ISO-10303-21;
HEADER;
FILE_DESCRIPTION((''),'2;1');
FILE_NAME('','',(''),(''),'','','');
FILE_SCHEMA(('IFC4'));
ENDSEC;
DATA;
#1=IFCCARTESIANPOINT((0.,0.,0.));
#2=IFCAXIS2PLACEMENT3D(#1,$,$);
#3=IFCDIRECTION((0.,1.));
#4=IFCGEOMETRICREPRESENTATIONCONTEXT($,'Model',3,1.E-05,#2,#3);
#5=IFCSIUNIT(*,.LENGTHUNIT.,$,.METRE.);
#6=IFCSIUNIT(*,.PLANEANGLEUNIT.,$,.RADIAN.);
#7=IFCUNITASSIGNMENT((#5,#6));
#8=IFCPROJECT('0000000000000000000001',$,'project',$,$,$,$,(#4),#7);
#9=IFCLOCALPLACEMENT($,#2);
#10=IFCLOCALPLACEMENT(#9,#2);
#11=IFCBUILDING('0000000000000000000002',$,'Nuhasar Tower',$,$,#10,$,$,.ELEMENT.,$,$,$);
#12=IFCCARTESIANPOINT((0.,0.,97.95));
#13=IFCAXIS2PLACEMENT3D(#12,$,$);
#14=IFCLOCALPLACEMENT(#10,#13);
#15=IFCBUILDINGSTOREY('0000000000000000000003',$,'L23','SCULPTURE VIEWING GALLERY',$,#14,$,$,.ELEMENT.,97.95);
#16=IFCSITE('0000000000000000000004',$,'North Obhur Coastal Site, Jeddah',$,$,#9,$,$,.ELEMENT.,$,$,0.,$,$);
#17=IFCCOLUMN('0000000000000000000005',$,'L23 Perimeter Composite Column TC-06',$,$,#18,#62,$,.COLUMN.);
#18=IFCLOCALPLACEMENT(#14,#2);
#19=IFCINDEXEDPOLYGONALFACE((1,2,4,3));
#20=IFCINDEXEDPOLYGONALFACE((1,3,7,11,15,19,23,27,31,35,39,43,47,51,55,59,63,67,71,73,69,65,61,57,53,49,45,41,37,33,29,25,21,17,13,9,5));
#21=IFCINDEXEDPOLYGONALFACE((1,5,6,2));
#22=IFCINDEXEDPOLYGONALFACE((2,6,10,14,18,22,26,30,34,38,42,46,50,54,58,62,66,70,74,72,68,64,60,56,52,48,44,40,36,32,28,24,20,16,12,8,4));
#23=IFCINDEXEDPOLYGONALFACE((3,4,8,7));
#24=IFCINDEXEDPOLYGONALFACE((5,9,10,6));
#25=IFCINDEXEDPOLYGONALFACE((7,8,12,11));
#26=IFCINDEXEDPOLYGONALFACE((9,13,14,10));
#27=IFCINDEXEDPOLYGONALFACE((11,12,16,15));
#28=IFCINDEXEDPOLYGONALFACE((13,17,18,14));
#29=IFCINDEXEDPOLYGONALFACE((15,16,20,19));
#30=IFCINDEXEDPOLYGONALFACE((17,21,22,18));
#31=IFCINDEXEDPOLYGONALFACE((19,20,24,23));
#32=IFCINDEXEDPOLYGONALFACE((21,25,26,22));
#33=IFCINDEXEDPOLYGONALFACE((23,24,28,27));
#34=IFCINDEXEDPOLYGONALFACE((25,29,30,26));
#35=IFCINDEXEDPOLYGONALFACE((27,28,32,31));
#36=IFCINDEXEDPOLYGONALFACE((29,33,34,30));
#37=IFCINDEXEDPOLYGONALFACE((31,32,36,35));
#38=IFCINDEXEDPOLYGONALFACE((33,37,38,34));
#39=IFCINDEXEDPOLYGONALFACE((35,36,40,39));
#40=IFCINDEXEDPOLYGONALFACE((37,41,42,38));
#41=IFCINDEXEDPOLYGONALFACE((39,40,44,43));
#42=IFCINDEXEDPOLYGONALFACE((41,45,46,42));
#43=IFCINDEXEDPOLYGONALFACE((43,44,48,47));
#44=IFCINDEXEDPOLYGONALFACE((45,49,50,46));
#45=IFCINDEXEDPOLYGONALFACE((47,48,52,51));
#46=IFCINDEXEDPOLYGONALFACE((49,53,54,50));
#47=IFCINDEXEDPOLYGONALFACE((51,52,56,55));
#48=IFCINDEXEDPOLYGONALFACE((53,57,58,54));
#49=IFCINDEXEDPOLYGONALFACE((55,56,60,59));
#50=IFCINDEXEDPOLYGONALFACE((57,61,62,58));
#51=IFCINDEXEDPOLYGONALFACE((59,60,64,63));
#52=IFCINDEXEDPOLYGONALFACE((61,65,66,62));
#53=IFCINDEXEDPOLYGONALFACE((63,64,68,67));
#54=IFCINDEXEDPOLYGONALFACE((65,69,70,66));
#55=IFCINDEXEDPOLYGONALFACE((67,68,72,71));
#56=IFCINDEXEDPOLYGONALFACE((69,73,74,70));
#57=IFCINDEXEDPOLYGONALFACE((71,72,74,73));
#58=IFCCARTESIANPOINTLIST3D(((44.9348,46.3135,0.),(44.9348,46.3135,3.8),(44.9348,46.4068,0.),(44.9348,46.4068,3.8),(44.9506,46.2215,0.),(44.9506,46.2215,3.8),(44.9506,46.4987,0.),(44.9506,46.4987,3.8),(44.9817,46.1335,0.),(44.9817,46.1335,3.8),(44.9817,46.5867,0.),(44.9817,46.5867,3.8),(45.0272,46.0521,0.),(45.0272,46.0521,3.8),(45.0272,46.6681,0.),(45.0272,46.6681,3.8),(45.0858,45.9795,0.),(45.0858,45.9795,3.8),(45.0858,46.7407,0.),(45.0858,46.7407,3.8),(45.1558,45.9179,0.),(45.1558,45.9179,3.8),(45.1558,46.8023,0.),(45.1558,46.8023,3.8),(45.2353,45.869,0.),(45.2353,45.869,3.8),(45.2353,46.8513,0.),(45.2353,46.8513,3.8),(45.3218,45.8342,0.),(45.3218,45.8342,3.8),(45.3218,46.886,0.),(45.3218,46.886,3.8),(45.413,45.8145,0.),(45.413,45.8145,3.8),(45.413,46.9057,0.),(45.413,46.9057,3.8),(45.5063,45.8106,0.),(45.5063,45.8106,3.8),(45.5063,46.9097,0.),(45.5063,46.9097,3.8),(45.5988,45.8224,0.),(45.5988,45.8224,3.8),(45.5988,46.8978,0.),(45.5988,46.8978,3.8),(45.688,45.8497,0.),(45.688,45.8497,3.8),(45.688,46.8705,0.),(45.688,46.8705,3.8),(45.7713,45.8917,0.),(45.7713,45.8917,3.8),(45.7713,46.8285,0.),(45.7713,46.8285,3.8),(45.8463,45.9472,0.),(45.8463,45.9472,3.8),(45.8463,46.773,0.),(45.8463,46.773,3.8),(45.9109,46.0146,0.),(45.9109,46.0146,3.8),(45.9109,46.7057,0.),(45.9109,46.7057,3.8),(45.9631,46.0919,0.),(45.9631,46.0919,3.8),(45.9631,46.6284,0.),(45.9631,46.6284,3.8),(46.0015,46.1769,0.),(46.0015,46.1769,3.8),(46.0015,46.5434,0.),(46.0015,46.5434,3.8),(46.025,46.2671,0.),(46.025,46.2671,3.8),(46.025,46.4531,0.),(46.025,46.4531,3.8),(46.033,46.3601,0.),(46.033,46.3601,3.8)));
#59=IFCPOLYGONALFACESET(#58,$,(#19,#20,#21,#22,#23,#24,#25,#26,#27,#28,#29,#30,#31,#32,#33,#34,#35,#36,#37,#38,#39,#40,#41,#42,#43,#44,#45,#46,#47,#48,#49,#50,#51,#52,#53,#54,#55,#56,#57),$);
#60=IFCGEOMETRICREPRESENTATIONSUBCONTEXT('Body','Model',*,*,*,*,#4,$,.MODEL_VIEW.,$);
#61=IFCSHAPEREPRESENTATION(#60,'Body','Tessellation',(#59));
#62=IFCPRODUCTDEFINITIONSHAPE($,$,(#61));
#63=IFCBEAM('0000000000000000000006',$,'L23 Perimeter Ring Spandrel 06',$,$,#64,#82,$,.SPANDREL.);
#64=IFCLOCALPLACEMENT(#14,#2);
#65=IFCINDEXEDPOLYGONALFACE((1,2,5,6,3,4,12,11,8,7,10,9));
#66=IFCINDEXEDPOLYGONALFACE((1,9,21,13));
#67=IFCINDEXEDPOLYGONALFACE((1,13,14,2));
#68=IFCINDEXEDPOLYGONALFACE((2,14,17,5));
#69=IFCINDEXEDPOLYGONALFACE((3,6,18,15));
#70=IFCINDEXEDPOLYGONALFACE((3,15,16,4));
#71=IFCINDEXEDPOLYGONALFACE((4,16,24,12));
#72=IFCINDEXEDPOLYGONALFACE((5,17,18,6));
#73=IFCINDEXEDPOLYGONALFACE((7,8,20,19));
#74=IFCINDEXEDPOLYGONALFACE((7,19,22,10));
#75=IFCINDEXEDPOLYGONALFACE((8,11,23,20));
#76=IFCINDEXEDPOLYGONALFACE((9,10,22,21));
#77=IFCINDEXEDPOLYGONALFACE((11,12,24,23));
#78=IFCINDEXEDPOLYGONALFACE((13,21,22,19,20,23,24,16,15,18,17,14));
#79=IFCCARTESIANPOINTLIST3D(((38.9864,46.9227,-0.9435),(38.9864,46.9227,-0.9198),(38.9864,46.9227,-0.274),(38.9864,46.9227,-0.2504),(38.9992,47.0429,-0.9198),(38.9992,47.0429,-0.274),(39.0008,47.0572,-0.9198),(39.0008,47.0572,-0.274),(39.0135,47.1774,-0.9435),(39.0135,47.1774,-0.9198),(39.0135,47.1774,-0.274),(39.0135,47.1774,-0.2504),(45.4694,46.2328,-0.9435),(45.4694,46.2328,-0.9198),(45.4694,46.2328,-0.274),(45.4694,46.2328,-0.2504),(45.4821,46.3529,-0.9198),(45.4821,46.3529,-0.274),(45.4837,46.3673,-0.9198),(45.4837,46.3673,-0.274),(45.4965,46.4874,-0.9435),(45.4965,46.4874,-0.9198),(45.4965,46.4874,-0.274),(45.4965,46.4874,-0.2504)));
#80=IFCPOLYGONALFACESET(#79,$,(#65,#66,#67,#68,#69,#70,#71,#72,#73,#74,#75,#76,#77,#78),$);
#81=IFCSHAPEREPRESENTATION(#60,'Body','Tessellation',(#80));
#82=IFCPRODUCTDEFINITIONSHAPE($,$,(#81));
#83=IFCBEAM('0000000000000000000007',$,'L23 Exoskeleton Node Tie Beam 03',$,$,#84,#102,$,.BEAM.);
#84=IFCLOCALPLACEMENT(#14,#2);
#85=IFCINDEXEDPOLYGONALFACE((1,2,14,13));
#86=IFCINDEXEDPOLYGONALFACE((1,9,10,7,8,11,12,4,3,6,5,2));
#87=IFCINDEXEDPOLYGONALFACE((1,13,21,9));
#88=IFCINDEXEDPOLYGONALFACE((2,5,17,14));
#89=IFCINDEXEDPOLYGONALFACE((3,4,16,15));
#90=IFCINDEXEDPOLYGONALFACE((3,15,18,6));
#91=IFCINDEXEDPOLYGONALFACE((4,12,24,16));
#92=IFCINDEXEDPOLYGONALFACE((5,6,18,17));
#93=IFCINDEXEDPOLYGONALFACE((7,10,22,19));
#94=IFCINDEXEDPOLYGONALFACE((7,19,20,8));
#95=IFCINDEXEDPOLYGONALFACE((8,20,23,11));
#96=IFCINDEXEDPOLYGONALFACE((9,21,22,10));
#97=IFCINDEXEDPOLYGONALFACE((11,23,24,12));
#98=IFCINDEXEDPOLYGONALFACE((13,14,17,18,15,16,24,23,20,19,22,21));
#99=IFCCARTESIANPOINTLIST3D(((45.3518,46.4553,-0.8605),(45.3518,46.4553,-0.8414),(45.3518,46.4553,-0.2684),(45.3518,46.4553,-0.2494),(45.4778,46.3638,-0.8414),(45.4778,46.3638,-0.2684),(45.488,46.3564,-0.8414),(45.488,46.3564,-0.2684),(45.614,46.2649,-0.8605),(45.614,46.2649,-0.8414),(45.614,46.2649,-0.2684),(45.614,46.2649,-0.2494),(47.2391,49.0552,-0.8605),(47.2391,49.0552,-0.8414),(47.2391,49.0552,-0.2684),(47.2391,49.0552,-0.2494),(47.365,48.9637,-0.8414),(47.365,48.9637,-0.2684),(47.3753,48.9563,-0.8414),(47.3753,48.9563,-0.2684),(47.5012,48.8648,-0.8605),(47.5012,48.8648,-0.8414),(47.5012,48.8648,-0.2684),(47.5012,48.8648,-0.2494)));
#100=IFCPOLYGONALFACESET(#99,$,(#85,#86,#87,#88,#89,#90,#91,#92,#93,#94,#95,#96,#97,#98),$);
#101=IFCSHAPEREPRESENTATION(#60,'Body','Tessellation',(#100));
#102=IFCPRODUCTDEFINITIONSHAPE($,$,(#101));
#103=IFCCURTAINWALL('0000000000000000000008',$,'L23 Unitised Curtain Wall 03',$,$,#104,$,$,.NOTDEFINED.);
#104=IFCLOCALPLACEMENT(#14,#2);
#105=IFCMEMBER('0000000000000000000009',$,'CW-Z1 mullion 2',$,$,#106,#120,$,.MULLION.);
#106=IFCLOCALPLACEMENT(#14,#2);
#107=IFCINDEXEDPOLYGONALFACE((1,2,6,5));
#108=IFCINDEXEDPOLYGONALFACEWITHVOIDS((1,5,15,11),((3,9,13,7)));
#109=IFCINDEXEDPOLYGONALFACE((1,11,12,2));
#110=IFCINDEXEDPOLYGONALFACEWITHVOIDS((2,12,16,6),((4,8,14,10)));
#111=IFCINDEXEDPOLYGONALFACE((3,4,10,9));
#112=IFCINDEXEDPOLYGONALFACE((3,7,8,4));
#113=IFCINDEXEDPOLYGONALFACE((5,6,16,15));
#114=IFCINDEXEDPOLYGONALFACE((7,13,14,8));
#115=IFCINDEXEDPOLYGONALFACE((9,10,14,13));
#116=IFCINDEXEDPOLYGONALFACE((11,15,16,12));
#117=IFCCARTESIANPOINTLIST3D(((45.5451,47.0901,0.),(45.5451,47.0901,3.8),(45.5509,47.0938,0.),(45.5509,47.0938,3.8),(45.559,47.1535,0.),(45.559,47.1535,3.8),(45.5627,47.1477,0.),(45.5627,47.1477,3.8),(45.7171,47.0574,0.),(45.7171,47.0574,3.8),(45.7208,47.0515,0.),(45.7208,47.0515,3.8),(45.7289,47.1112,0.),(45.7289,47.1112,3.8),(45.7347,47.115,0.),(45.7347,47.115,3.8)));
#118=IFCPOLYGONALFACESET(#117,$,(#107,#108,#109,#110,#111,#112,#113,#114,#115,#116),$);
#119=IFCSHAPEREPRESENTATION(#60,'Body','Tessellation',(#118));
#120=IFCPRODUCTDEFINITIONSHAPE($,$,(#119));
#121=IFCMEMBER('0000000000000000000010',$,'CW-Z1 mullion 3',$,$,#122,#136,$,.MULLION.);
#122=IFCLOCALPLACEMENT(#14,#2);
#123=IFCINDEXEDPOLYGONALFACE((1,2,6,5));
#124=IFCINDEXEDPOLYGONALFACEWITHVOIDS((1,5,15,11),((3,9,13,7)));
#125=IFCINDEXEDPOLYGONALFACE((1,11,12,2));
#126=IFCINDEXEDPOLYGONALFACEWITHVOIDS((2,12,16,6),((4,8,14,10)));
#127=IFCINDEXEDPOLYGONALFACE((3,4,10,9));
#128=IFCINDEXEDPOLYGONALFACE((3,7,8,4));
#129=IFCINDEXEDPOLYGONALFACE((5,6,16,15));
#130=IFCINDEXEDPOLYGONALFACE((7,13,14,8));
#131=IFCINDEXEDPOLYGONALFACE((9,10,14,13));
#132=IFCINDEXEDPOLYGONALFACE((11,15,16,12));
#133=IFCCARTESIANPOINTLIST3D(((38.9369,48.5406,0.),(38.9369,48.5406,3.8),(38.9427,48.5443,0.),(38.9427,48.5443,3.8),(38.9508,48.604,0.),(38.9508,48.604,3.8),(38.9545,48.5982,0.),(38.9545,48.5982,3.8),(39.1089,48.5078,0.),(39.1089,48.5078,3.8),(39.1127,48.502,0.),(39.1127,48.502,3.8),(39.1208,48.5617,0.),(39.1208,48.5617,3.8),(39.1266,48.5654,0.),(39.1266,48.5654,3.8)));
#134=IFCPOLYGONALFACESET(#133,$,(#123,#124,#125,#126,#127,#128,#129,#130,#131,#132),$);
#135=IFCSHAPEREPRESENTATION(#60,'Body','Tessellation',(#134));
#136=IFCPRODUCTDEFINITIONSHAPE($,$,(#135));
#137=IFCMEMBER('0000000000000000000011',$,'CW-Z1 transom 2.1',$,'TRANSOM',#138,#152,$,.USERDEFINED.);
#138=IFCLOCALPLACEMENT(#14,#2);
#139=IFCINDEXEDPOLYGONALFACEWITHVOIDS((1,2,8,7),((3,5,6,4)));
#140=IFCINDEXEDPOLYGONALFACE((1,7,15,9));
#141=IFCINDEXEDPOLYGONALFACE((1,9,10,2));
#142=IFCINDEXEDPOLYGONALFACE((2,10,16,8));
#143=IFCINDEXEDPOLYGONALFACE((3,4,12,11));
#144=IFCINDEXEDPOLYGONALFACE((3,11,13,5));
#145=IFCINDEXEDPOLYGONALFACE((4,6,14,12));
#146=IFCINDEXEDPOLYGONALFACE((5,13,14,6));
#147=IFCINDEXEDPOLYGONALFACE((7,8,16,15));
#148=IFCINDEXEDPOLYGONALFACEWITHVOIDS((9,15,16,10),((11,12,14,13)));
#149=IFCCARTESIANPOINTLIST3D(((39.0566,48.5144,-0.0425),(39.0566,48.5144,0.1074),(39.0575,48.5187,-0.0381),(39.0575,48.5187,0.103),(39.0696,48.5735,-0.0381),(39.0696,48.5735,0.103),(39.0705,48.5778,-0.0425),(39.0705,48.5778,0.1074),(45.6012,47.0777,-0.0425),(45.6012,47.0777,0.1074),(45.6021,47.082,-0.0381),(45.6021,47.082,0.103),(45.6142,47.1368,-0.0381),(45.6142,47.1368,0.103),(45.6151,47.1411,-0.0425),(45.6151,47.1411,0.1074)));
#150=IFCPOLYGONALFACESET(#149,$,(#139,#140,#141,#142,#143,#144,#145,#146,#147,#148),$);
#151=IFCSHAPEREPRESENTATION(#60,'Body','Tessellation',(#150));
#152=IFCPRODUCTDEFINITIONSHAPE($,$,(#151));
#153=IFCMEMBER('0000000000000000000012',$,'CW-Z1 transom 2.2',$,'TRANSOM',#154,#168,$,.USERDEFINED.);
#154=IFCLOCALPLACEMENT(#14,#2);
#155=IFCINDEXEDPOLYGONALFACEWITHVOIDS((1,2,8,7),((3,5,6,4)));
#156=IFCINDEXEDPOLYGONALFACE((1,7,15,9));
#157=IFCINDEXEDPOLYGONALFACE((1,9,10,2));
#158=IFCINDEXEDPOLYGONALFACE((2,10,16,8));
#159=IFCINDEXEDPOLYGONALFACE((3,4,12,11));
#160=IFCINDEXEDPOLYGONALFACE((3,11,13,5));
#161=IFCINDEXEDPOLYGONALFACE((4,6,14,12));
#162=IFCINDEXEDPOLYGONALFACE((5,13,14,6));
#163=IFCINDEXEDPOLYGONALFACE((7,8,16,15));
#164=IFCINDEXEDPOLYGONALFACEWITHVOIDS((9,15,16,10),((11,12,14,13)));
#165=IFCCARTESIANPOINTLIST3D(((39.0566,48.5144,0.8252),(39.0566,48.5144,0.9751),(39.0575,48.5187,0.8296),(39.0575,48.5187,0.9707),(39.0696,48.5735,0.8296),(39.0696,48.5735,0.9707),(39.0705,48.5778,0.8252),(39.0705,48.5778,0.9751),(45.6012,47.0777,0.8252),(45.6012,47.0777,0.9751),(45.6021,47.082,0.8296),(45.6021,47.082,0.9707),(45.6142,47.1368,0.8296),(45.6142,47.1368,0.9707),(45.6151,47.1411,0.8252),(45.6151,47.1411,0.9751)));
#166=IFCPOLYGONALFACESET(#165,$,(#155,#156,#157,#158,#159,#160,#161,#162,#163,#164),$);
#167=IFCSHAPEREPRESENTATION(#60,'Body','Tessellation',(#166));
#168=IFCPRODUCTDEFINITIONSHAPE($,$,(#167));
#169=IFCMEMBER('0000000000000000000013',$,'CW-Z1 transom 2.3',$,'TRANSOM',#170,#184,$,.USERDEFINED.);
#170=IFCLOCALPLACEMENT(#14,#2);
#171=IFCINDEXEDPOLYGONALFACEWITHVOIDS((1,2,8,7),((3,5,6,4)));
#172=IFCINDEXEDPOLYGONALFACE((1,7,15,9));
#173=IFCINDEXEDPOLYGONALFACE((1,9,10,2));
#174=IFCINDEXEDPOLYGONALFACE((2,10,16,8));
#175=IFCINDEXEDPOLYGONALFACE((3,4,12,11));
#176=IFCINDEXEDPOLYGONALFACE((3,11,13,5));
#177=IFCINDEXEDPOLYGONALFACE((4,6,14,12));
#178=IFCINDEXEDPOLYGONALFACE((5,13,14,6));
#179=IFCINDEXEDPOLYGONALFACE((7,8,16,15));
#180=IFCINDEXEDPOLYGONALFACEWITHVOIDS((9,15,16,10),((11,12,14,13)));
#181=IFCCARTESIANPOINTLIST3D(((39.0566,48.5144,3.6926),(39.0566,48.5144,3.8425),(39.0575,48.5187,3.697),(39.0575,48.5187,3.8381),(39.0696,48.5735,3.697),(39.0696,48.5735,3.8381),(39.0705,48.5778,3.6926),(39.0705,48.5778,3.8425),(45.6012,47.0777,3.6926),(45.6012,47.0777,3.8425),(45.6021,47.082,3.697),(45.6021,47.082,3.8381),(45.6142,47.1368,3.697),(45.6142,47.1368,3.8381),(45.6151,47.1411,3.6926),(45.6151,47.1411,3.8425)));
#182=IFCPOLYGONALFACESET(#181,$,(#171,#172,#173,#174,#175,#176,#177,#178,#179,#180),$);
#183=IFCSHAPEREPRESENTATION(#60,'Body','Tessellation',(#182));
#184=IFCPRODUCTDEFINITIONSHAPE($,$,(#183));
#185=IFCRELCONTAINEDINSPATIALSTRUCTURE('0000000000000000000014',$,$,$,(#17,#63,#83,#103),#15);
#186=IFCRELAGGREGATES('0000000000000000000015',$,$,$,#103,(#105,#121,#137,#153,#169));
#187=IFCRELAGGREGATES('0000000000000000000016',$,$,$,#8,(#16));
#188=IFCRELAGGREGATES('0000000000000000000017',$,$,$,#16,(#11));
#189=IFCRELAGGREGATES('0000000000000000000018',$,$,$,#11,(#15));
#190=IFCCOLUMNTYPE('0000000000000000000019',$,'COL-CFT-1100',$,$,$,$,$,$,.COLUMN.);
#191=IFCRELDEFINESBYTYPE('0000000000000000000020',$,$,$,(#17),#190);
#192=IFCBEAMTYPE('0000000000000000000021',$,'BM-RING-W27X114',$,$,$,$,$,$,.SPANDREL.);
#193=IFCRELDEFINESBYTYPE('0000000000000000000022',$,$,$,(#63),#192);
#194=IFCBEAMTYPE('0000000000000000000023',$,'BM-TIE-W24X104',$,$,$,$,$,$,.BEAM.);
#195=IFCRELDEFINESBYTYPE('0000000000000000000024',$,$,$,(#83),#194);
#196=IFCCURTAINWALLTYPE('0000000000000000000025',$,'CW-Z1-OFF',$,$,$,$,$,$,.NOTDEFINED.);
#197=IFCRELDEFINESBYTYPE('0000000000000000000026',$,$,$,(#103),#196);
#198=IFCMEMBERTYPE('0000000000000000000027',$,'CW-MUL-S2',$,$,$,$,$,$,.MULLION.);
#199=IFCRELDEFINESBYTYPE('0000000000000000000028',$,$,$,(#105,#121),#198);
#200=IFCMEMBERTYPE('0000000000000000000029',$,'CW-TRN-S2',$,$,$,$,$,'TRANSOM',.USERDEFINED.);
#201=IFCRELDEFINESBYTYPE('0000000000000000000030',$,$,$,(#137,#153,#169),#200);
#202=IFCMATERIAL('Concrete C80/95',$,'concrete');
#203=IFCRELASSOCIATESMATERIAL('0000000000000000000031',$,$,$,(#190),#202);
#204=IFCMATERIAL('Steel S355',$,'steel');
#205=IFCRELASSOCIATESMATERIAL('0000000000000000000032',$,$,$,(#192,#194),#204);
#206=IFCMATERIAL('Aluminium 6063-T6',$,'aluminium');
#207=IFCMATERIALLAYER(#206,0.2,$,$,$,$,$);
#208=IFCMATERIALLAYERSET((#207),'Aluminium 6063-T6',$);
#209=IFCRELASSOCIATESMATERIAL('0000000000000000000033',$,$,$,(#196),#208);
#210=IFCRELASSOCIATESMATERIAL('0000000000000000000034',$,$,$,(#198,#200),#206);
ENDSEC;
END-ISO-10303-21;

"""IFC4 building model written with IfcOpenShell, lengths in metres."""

from ifc_helpers import new_model, si_unit, direction, frame, origin, origin_2d, place, context, subcontext, project, spatial, hollow_rectangle, circle, i_section, extrude, material, layer, layer_set, material_profile, profile_set, type_object, element, aggregate, save


model = new_model("IFC4")

# Units and contexts
model_context = context("Model", 3, precision=1e-05, world=origin(), true_north=direction((0.0, 1.0)))
body_context = subcontext(model_context, "Body", "Model", "MODEL_VIEW")
ifc_project = project(units=[si_unit("LENGTHUNIT", "METRE"), si_unit("PLANEANGLEUNIT", "RADIAN")], contexts=[model_context])

# Site, building, storey
site_placement = place(None, origin())
site = spatial("IfcSite", under=ifc_project, at=site_placement, Name="North Obhur Coastal Site, Jeddah", CompositionType="ELEMENT", RefElevation=0.0)
building_placement = place(site_placement, origin())
building = spatial("IfcBuilding", under=site, at=building_placement, Name="Nuhasar Tower", CompositionType="ELEMENT")
storey_placement = place(building_placement, frame((0.0, 0.0, 97.95)))
storey = spatial("IfcBuildingStorey", under=building, at=storey_placement, Name="L23", Description="SCULPTURE VIEWING GALLERY", CompositionType="ELEMENT", Elevation=97.95)

# Column
ifc_material_1 = material(Name="Concrete C80/95", Category="concrete")
ifc_material_profile_1 = material_profile(ifc_material_1, circle(Radius=0.55, at=origin_2d()), Name="CFT1100")
ifc_profile_set_1 = profile_set([ifc_material_profile_1], Name="Concrete C80/95")
column_type = type_object("IfcColumnType", Name="COL-CFT-1100", PredefinedType="COLUMN", material=ifc_profile_set_1)
column_placement = place(storey_placement, frame((45.4829, 46.3601, 0.0), z_axis=(0.0, 0.0, 1.0), x_axis=(1.0, 0.0, 0.0)))
element("IfcColumn", 1, at=column_placement, inside=storey, type_object=column_type, Name="L23 Perimeter Composite Column TC-06", PredefinedType="COLUMN", context=body_context, shape_type="SweptSolid", body=[
    extrude(circle(Radius=0.55, at=origin_2d()), origin(), (0.0, 0.0, 1.0), 3.8),
])

# Beams
ifc_material_2 = material(Name="Steel S355", Category="steel")
ifc_material_profile_2 = material_profile(ifc_material_2, i_section(OverallWidth=0.2561, OverallDepth=0.6931, WebThickness=0.0144, FlangeThickness=0.0237, at=origin_2d()), Name="W27X114")
ifc_profile_set_2 = profile_set([ifc_material_profile_2], Name="Steel S355")
beam_type_1 = type_object("IfcBeamType", Name="BM-RING-W27X114", PredefinedType="SPANDREL", material=ifc_profile_set_2)
beam_1_placement = place(storey_placement, frame((45.4829, 46.3601, -0.5969), z_axis=(-0.994385, 0.105827, 0.0), x_axis=(-0.105827, -0.994385, 0.0)))
element("IfcBeam", 2, at=beam_1_placement, inside=storey, type_object=beam_type_1, Name="L23 Perimeter Ring Spandrel 06", PredefinedType="SPANDREL", context=body_context, shape_type="SweptSolid", body=[
    extrude(i_section(OverallWidth=0.2561, OverallDepth=0.6931, WebThickness=0.0144, FlangeThickness=0.0237, at=origin_2d()), origin(), (0.0, 0.0, 1.0), 6.5195),
])
ifc_material_profile_3 = material_profile(ifc_material_2, i_section(OverallWidth=0.324, OverallDepth=0.6111, WebThickness=0.0127, FlangeThickness=0.019, at=origin_2d()), Name="W24X104")
ifc_profile_set_3 = profile_set([ifc_material_profile_3], Name="Steel S355")
beam_type_2 = type_object("IfcBeamType", Name="BM-TIE-W24X104", PredefinedType="BEAM", material=ifc_profile_set_3)
beam_2_placement = place(storey_placement, frame((45.4829, 46.3601, -0.5549), z_axis=(0.587439, 0.809268, 0.0), x_axis=(-0.809268, 0.587439, 0.0)))
element("IfcBeam", 3, at=beam_2_placement, inside=storey, type_object=beam_type_2, Name="L23 Exoskeleton Node Tie Beam 03", PredefinedType="BEAM", context=body_context, shape_type="SweptSolid", body=[
    extrude(i_section(OverallWidth=0.324, OverallDepth=0.6111, WebThickness=0.0127, FlangeThickness=0.019, at=origin_2d()), origin(), (0.0, 0.0, 1.0), 3.2126),
])

# Curtain wall, members
ifc_material_3 = material(Name="Aluminium 6063-T6", Category="aluminium")
ifc_layer_1 = layer(ifc_material_3, 0.2)
ifc_layer_set_1 = layer_set([ifc_layer_1], Name="Aluminium 6063-T6")
curtain_wall_type = type_object("IfcCurtainWallType", Name="CW-Z1-OFF", PredefinedType="NOTDEFINED", material=ifc_layer_set_1)
curtain_wall_placement = place(storey_placement, origin())
curtain_wall = element("IfcCurtainWall", 4, at=curtain_wall_placement, inside=storey, type_object=curtain_wall_type, Name="L23 Unitised Curtain Wall 03", PredefinedType="NOTDEFINED")
ifc_material_profile_4 = material_profile(ifc_material_3, hollow_rectangle(XDim=0.0649, YDim=0.1799, WallThickness=0.0049, at=origin_2d()), Name="CWM-2")
ifc_profile_set_4 = profile_set([ifc_material_profile_4], Name="Aluminium 6063-T6")
member_type_1 = type_object("IfcMemberType", Name="CW-MUL-S2", PredefinedType="MULLION", material=ifc_profile_set_4)
member_1_placement = place(storey_placement, frame((45.6399, 47.1025, 0.0), z_axis=(0.0, 0.0, 1.0), x_axis=(-0.214399, -0.976746, 0.0)))
member_1 = element("IfcMember", 5, at=member_1_placement, type_object=member_type_1, Name="CW-Z1 mullion 2", PredefinedType="MULLION", context=body_context, shape_type="SweptSolid", body=[
    extrude(hollow_rectangle(XDim=0.0649, YDim=0.1799, WallThickness=0.0049, at=origin_2d()), origin(), (0.0, 0.0, 1.0), 3.8),
])
member_2_placement = place(storey_placement, frame((39.0317, 48.553, 0.0), z_axis=(0.0, 0.0, 1.0), x_axis=(-0.214399, -0.976746, 0.0)))
member_2 = element("IfcMember", 6, at=member_2_placement, type_object=member_type_1, Name="CW-Z1 mullion 3", PredefinedType="MULLION", context=body_context, shape_type="SweptSolid", body=[
    extrude(hollow_rectangle(XDim=0.0649, YDim=0.1799, WallThickness=0.0049, at=origin_2d()), origin(), (0.0, 0.0, 1.0), 3.8),
])
ifc_material_profile_5 = material_profile(ifc_material_3, hollow_rectangle(XDim=0.0649, YDim=0.1499, WallThickness=0.0044, at=origin_2d()), Name="CWT-2")
ifc_profile_set_5 = profile_set([ifc_material_profile_5], Name="Aluminium 6063-T6")
member_type_2 = type_object("IfcMemberType", Name="CW-TRN-S2", ElementType="TRANSOM", PredefinedType="USERDEFINED", material=ifc_profile_set_5)
member_3_placement = place(storey_placement, frame((45.6082, 47.1094, 0.0325), z_axis=(-0.97674, 0.214426, 0.0), x_axis=(-0.214426, -0.97674, 0.0)))
member_3 = element("IfcMember", 7, at=member_3_placement, type_object=member_type_2, Name="CW-Z1 transom 2.1", ObjectType="TRANSOM", PredefinedType="USERDEFINED", context=body_context, shape_type="SweptSolid", body=[
    extrude(hollow_rectangle(XDim=0.0649, YDim=0.1499, WallThickness=0.0044, at=origin_2d()), origin(), (0.0, 0.0, 1.0), 6.7004),
])
member_4_placement = place(storey_placement, frame((45.6082, 47.1094, 0.9001), z_axis=(-0.97674, 0.214426, 0.0), x_axis=(-0.214426, -0.97674, 0.0)))
member_4 = element("IfcMember", 8, at=member_4_placement, type_object=member_type_2, Name="CW-Z1 transom 2.2", ObjectType="TRANSOM", PredefinedType="USERDEFINED", context=body_context, shape_type="SweptSolid", body=[
    extrude(hollow_rectangle(XDim=0.0649, YDim=0.1499, WallThickness=0.0044, at=origin_2d()), origin(), (0.0, 0.0, 1.0), 6.7004),
])
member_5_placement = place(storey_placement, frame((45.6082, 47.1094, 3.7676), z_axis=(-0.97674, 0.214426, 0.0), x_axis=(-0.214426, -0.97674, 0.0)))
member_5 = element("IfcMember", 9, at=member_5_placement, type_object=member_type_2, Name="CW-Z1 transom 2.3", ObjectType="TRANSOM", PredefinedType="USERDEFINED", context=body_context, shape_type="SweptSolid", body=[
    extrude(hollow_rectangle(XDim=0.0649, YDim=0.1499, WallThickness=0.0044, at=origin_2d()), origin(), (0.0, 0.0, 1.0), 6.7004),
])

aggregate(curtain_wall, [member_1, member_2, member_3, member_4, member_5])

save(model, "model.ifc")
